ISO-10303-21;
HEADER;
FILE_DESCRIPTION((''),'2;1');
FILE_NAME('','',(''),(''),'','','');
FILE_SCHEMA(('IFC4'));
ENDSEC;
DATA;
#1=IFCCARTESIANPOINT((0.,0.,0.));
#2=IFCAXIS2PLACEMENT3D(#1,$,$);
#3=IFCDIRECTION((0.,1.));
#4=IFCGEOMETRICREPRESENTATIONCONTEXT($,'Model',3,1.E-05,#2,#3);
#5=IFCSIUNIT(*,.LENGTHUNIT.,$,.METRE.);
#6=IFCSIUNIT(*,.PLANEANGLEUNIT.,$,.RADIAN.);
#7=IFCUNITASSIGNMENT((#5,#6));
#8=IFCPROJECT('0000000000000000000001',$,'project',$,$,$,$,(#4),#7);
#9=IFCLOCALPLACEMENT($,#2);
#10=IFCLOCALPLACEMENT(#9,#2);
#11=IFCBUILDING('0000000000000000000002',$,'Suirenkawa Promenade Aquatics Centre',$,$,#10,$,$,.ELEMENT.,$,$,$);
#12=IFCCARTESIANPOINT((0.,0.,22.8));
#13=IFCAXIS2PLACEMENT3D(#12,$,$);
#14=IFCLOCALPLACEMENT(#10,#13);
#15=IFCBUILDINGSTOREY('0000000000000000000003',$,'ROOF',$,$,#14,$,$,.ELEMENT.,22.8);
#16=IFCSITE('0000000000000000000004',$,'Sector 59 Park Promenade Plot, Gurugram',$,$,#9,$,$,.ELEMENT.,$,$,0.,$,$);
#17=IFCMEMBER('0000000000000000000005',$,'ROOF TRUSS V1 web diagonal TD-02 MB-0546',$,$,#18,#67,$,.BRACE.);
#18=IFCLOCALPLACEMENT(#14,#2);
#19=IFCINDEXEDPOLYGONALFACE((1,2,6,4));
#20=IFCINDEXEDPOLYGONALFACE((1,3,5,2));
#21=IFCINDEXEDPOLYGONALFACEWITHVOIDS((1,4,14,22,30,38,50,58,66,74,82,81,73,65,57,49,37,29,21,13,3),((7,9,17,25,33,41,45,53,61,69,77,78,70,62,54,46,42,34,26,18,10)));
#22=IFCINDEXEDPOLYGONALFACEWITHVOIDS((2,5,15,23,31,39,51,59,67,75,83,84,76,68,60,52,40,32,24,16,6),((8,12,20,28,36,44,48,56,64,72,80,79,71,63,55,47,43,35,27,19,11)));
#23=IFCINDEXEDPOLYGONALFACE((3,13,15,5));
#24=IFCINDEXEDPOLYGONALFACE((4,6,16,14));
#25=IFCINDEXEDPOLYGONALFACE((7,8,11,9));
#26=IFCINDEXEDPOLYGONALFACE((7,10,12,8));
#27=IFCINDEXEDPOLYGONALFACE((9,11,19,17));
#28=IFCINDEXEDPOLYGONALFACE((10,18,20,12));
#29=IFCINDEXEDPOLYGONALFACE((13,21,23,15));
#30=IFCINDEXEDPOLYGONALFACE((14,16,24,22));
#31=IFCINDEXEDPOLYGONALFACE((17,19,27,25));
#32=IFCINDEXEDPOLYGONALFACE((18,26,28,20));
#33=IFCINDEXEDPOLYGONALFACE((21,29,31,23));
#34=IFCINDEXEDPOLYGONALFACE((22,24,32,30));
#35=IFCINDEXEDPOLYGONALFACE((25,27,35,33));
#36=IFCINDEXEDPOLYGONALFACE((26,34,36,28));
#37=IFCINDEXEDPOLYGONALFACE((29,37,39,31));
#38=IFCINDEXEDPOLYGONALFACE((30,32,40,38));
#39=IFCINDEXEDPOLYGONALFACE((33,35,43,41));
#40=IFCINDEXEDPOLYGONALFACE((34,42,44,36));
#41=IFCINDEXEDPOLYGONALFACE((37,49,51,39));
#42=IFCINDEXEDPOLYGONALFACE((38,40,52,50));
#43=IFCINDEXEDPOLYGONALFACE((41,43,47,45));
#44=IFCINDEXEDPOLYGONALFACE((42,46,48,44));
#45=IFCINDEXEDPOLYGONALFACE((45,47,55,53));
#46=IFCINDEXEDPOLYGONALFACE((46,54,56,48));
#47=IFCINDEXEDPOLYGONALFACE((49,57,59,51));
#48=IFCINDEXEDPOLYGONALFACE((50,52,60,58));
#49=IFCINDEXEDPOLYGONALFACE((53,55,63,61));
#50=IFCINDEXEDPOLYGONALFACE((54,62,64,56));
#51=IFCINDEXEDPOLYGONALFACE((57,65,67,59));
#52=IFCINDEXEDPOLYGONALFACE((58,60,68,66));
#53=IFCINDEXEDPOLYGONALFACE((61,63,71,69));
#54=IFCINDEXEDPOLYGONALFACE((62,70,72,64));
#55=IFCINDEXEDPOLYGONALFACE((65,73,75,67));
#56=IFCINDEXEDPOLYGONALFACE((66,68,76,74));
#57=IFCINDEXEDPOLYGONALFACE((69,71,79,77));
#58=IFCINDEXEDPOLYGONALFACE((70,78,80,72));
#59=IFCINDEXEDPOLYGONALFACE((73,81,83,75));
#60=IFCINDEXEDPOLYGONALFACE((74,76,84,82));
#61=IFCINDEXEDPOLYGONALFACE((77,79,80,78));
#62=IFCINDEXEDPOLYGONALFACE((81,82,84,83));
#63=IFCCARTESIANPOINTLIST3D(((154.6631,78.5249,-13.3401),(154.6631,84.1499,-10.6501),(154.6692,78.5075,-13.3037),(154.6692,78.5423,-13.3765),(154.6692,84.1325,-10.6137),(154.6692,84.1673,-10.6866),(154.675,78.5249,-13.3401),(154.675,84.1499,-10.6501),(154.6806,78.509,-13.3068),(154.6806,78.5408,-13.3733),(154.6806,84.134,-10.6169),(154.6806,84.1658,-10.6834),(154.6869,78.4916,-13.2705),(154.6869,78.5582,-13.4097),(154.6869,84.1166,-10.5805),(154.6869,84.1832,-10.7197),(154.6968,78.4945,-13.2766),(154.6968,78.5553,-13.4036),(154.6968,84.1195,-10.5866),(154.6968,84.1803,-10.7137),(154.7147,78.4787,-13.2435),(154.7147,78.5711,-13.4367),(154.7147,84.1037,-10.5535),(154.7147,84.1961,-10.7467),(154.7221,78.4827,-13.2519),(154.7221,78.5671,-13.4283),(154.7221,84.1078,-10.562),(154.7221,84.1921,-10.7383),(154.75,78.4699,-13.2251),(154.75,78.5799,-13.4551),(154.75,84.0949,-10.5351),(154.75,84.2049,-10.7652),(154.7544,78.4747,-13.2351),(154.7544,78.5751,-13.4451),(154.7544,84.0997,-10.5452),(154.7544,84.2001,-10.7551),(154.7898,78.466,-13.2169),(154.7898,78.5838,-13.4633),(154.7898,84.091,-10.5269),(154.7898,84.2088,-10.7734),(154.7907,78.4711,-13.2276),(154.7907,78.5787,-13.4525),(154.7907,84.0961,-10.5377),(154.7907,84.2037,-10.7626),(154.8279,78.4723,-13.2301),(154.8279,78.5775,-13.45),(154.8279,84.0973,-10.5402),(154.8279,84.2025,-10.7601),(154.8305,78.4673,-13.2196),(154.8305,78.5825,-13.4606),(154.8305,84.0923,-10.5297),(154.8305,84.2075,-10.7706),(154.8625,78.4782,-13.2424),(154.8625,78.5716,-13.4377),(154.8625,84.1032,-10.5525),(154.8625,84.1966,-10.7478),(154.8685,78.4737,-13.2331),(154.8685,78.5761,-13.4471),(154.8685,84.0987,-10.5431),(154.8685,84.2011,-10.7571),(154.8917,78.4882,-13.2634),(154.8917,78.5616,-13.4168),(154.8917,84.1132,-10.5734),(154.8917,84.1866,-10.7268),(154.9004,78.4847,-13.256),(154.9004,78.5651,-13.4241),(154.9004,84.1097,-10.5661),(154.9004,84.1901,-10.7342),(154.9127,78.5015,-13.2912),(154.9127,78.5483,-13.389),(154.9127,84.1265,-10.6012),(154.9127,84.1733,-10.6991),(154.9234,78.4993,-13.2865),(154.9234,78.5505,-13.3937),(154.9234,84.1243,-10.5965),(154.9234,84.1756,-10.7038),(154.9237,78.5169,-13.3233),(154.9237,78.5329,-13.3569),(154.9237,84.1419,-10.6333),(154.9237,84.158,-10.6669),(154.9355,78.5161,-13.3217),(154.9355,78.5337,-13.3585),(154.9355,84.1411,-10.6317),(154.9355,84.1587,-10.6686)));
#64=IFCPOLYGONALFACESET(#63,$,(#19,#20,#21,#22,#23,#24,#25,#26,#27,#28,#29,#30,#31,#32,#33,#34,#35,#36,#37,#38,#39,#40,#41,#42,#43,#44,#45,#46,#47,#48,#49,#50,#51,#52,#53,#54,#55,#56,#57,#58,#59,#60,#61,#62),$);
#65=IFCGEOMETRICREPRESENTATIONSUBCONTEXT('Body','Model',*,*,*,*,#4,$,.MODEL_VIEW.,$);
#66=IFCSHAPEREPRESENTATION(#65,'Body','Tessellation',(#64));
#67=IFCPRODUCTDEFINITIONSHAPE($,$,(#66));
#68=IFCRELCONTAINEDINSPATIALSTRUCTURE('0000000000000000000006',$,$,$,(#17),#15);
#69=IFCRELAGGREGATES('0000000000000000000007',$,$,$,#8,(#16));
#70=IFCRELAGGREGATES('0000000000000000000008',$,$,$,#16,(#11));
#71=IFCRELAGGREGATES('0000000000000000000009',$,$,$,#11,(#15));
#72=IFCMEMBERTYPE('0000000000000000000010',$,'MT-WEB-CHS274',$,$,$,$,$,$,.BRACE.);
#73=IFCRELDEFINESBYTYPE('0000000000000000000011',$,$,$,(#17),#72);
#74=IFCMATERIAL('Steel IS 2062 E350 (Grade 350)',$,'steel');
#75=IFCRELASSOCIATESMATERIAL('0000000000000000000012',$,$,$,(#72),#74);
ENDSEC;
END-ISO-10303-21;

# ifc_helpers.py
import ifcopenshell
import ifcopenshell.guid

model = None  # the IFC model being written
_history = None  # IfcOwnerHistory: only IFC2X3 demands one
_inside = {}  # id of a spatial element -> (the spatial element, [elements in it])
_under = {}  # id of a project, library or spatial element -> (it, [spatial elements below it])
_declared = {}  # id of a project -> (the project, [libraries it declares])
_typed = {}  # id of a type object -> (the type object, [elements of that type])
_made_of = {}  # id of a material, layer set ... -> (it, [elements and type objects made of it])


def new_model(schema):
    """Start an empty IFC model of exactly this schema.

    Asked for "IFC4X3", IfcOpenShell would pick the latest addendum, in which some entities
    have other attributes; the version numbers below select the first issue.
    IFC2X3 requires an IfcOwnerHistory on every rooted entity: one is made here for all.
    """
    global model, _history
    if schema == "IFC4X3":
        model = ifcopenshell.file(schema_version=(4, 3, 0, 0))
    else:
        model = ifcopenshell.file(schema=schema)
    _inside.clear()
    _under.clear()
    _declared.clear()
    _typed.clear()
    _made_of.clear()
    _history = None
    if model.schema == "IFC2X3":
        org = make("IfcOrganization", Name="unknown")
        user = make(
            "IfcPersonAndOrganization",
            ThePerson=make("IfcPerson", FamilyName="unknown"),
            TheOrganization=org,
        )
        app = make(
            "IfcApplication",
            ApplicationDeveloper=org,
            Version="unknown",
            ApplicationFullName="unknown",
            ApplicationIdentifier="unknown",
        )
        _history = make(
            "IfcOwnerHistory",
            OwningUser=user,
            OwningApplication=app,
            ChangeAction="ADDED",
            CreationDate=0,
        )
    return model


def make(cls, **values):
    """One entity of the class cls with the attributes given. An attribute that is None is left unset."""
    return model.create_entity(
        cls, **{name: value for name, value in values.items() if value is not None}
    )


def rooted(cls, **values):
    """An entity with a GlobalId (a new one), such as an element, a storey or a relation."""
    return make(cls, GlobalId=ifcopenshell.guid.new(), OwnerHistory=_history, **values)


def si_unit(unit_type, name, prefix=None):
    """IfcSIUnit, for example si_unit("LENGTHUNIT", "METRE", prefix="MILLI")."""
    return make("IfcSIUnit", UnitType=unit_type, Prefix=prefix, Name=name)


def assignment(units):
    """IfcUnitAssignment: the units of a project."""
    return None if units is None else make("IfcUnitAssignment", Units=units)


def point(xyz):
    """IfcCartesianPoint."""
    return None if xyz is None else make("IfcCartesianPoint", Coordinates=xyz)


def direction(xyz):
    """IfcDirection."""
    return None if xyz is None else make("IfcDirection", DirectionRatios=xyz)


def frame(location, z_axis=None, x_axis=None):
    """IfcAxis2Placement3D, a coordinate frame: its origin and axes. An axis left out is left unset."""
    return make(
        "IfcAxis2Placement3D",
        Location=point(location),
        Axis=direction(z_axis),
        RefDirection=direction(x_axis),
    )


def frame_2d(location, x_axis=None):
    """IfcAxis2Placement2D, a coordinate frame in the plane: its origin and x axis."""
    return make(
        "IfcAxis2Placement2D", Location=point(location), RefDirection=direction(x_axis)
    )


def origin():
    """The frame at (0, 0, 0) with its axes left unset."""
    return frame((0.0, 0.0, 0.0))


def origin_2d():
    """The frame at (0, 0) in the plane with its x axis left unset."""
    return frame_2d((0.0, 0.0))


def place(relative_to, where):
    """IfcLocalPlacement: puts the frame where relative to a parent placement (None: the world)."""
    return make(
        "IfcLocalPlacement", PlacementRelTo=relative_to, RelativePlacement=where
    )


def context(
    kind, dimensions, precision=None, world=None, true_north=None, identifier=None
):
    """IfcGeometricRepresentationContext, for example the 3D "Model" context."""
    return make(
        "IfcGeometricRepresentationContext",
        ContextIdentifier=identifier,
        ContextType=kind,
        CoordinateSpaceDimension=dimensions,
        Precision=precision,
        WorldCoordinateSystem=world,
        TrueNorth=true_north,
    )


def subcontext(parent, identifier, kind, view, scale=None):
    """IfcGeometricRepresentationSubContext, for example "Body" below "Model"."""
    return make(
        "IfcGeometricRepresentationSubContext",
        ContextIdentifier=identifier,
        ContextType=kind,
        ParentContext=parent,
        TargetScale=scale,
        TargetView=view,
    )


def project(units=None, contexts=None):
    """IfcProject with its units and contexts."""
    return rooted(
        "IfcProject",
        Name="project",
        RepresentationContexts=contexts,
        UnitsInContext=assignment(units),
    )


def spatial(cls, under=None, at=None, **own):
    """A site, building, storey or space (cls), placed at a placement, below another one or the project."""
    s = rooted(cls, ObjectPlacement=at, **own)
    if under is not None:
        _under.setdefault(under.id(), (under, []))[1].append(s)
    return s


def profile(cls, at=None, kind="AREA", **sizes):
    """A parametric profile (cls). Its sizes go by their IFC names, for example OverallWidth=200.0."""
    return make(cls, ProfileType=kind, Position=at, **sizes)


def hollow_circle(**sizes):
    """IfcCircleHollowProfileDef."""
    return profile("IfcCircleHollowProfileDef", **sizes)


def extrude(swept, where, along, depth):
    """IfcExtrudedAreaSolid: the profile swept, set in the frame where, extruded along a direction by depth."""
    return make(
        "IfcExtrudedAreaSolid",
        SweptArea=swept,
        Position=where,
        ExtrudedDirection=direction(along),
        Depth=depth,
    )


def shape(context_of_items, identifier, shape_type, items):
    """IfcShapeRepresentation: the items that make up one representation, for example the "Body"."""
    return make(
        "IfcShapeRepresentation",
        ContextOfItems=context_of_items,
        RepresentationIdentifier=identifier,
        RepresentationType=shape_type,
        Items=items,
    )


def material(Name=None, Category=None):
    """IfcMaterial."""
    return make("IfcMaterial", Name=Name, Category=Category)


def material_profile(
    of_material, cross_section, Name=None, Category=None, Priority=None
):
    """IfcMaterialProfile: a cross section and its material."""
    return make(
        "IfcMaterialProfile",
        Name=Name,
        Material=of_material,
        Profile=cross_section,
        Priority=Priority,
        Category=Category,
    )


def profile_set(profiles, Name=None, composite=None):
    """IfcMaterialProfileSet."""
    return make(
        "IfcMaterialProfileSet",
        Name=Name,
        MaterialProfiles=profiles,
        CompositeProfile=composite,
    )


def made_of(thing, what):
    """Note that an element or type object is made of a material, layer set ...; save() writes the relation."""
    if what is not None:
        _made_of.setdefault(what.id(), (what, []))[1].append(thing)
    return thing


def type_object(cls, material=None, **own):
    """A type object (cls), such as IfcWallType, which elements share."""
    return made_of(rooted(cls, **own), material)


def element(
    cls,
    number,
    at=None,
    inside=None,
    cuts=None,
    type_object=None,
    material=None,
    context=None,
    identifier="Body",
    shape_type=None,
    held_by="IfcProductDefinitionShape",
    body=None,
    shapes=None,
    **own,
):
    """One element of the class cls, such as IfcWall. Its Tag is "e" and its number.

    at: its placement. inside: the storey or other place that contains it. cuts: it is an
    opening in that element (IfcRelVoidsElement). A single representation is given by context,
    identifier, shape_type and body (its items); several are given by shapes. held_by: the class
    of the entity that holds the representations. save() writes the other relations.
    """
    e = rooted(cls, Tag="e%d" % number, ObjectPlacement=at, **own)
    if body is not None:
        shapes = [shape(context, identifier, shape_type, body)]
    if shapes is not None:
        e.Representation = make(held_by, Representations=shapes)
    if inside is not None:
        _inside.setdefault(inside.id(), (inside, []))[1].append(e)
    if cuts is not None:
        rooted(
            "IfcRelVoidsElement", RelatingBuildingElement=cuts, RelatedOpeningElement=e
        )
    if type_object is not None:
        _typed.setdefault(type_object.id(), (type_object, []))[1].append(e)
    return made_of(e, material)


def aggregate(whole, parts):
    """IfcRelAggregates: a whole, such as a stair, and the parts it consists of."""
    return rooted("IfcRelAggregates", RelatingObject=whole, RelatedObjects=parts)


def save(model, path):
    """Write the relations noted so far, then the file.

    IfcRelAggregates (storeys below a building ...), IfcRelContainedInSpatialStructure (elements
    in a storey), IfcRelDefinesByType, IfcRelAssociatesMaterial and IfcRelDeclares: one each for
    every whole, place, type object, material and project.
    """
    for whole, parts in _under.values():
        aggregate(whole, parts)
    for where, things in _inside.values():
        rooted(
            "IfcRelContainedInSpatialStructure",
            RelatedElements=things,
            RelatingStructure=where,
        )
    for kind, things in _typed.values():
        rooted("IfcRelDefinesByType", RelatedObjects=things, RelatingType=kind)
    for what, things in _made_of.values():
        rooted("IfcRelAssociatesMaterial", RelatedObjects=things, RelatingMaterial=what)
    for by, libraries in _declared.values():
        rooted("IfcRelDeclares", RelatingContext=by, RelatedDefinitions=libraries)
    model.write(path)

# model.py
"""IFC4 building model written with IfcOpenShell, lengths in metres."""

from ifc_helpers import new_model, si_unit, direction, frame, origin, origin_2d, place, context, subcontext, project, spatial, hollow_circle, extrude, material, material_profile, profile_set, type_object, element, save


model = new_model("IFC4")

# Units and contexts
model_context = context("Model", 3, precision=1e-05, world=origin(), true_north=direction((0.0, 1.0)))
body_context = subcontext(model_context, "Body", "Model", "MODEL_VIEW")
ifc_project = project(units=[si_unit("LENGTHUNIT", "METRE"), si_unit("PLANEANGLEUNIT", "RADIAN")], contexts=[model_context])

# Site, building, storey
site_placement = place(None, origin())
site = spatial("IfcSite", under=ifc_project, at=site_placement, Name="Sector 59 Park Promenade Plot, Gurugram", CompositionType="ELEMENT", RefElevation=0.0)
building_placement = place(site_placement, origin())
building = spatial("IfcBuilding", under=site, at=building_placement, Name="Suirenkawa Promenade Aquatics Centre", CompositionType="ELEMENT")
storey_placement = place(building_placement, frame((0.0, 0.0, 22.8)))
storey = spatial("IfcBuildingStorey", under=building, at=storey_placement, Name="ROOF", CompositionType="ELEMENT", Elevation=22.8)

# Shared definitions
ifc_material = material(Name="Steel IS 2062 E350 (Grade 350)", Category="steel")

# Member
ifc_material_profile_1 = material_profile(ifc_material, hollow_circle(Radius=0.137, WallThickness=0.012, at=origin_2d()), Name="CHS 274x12", Category="steel")
ifc_profile_set_1 = profile_set([ifc_material_profile_1], Name="Steel IS 2062 E350 (Grade 350)")
member_type_1 = type_object("IfcMemberType", Name="MT-WEB-CHS274", PredefinedType="BRACE", material=ifc_profile_set_1)
member_1_placement = place(storey_placement, frame((154.8, 78.5249, -13.3401), z_axis=(0.0, 0.902151, 0.431419), x_axis=(-1.0, 0.0, 0.0)))
element("IfcMember", 1, at=member_1_placement, inside=storey, type_object=member_type_1, Name="ROOF TRUSS V1 web diagonal TD-02 MB-0546", PredefinedType="BRACE", context=body_context, shape_type="SweptSolid", body=[
    extrude(hollow_circle(Radius=0.137, WallThickness=0.012, at=origin_2d()), origin(), (0.0, 0.0, 1.0), 6.2351),
])

save(model, "model.ifc")
